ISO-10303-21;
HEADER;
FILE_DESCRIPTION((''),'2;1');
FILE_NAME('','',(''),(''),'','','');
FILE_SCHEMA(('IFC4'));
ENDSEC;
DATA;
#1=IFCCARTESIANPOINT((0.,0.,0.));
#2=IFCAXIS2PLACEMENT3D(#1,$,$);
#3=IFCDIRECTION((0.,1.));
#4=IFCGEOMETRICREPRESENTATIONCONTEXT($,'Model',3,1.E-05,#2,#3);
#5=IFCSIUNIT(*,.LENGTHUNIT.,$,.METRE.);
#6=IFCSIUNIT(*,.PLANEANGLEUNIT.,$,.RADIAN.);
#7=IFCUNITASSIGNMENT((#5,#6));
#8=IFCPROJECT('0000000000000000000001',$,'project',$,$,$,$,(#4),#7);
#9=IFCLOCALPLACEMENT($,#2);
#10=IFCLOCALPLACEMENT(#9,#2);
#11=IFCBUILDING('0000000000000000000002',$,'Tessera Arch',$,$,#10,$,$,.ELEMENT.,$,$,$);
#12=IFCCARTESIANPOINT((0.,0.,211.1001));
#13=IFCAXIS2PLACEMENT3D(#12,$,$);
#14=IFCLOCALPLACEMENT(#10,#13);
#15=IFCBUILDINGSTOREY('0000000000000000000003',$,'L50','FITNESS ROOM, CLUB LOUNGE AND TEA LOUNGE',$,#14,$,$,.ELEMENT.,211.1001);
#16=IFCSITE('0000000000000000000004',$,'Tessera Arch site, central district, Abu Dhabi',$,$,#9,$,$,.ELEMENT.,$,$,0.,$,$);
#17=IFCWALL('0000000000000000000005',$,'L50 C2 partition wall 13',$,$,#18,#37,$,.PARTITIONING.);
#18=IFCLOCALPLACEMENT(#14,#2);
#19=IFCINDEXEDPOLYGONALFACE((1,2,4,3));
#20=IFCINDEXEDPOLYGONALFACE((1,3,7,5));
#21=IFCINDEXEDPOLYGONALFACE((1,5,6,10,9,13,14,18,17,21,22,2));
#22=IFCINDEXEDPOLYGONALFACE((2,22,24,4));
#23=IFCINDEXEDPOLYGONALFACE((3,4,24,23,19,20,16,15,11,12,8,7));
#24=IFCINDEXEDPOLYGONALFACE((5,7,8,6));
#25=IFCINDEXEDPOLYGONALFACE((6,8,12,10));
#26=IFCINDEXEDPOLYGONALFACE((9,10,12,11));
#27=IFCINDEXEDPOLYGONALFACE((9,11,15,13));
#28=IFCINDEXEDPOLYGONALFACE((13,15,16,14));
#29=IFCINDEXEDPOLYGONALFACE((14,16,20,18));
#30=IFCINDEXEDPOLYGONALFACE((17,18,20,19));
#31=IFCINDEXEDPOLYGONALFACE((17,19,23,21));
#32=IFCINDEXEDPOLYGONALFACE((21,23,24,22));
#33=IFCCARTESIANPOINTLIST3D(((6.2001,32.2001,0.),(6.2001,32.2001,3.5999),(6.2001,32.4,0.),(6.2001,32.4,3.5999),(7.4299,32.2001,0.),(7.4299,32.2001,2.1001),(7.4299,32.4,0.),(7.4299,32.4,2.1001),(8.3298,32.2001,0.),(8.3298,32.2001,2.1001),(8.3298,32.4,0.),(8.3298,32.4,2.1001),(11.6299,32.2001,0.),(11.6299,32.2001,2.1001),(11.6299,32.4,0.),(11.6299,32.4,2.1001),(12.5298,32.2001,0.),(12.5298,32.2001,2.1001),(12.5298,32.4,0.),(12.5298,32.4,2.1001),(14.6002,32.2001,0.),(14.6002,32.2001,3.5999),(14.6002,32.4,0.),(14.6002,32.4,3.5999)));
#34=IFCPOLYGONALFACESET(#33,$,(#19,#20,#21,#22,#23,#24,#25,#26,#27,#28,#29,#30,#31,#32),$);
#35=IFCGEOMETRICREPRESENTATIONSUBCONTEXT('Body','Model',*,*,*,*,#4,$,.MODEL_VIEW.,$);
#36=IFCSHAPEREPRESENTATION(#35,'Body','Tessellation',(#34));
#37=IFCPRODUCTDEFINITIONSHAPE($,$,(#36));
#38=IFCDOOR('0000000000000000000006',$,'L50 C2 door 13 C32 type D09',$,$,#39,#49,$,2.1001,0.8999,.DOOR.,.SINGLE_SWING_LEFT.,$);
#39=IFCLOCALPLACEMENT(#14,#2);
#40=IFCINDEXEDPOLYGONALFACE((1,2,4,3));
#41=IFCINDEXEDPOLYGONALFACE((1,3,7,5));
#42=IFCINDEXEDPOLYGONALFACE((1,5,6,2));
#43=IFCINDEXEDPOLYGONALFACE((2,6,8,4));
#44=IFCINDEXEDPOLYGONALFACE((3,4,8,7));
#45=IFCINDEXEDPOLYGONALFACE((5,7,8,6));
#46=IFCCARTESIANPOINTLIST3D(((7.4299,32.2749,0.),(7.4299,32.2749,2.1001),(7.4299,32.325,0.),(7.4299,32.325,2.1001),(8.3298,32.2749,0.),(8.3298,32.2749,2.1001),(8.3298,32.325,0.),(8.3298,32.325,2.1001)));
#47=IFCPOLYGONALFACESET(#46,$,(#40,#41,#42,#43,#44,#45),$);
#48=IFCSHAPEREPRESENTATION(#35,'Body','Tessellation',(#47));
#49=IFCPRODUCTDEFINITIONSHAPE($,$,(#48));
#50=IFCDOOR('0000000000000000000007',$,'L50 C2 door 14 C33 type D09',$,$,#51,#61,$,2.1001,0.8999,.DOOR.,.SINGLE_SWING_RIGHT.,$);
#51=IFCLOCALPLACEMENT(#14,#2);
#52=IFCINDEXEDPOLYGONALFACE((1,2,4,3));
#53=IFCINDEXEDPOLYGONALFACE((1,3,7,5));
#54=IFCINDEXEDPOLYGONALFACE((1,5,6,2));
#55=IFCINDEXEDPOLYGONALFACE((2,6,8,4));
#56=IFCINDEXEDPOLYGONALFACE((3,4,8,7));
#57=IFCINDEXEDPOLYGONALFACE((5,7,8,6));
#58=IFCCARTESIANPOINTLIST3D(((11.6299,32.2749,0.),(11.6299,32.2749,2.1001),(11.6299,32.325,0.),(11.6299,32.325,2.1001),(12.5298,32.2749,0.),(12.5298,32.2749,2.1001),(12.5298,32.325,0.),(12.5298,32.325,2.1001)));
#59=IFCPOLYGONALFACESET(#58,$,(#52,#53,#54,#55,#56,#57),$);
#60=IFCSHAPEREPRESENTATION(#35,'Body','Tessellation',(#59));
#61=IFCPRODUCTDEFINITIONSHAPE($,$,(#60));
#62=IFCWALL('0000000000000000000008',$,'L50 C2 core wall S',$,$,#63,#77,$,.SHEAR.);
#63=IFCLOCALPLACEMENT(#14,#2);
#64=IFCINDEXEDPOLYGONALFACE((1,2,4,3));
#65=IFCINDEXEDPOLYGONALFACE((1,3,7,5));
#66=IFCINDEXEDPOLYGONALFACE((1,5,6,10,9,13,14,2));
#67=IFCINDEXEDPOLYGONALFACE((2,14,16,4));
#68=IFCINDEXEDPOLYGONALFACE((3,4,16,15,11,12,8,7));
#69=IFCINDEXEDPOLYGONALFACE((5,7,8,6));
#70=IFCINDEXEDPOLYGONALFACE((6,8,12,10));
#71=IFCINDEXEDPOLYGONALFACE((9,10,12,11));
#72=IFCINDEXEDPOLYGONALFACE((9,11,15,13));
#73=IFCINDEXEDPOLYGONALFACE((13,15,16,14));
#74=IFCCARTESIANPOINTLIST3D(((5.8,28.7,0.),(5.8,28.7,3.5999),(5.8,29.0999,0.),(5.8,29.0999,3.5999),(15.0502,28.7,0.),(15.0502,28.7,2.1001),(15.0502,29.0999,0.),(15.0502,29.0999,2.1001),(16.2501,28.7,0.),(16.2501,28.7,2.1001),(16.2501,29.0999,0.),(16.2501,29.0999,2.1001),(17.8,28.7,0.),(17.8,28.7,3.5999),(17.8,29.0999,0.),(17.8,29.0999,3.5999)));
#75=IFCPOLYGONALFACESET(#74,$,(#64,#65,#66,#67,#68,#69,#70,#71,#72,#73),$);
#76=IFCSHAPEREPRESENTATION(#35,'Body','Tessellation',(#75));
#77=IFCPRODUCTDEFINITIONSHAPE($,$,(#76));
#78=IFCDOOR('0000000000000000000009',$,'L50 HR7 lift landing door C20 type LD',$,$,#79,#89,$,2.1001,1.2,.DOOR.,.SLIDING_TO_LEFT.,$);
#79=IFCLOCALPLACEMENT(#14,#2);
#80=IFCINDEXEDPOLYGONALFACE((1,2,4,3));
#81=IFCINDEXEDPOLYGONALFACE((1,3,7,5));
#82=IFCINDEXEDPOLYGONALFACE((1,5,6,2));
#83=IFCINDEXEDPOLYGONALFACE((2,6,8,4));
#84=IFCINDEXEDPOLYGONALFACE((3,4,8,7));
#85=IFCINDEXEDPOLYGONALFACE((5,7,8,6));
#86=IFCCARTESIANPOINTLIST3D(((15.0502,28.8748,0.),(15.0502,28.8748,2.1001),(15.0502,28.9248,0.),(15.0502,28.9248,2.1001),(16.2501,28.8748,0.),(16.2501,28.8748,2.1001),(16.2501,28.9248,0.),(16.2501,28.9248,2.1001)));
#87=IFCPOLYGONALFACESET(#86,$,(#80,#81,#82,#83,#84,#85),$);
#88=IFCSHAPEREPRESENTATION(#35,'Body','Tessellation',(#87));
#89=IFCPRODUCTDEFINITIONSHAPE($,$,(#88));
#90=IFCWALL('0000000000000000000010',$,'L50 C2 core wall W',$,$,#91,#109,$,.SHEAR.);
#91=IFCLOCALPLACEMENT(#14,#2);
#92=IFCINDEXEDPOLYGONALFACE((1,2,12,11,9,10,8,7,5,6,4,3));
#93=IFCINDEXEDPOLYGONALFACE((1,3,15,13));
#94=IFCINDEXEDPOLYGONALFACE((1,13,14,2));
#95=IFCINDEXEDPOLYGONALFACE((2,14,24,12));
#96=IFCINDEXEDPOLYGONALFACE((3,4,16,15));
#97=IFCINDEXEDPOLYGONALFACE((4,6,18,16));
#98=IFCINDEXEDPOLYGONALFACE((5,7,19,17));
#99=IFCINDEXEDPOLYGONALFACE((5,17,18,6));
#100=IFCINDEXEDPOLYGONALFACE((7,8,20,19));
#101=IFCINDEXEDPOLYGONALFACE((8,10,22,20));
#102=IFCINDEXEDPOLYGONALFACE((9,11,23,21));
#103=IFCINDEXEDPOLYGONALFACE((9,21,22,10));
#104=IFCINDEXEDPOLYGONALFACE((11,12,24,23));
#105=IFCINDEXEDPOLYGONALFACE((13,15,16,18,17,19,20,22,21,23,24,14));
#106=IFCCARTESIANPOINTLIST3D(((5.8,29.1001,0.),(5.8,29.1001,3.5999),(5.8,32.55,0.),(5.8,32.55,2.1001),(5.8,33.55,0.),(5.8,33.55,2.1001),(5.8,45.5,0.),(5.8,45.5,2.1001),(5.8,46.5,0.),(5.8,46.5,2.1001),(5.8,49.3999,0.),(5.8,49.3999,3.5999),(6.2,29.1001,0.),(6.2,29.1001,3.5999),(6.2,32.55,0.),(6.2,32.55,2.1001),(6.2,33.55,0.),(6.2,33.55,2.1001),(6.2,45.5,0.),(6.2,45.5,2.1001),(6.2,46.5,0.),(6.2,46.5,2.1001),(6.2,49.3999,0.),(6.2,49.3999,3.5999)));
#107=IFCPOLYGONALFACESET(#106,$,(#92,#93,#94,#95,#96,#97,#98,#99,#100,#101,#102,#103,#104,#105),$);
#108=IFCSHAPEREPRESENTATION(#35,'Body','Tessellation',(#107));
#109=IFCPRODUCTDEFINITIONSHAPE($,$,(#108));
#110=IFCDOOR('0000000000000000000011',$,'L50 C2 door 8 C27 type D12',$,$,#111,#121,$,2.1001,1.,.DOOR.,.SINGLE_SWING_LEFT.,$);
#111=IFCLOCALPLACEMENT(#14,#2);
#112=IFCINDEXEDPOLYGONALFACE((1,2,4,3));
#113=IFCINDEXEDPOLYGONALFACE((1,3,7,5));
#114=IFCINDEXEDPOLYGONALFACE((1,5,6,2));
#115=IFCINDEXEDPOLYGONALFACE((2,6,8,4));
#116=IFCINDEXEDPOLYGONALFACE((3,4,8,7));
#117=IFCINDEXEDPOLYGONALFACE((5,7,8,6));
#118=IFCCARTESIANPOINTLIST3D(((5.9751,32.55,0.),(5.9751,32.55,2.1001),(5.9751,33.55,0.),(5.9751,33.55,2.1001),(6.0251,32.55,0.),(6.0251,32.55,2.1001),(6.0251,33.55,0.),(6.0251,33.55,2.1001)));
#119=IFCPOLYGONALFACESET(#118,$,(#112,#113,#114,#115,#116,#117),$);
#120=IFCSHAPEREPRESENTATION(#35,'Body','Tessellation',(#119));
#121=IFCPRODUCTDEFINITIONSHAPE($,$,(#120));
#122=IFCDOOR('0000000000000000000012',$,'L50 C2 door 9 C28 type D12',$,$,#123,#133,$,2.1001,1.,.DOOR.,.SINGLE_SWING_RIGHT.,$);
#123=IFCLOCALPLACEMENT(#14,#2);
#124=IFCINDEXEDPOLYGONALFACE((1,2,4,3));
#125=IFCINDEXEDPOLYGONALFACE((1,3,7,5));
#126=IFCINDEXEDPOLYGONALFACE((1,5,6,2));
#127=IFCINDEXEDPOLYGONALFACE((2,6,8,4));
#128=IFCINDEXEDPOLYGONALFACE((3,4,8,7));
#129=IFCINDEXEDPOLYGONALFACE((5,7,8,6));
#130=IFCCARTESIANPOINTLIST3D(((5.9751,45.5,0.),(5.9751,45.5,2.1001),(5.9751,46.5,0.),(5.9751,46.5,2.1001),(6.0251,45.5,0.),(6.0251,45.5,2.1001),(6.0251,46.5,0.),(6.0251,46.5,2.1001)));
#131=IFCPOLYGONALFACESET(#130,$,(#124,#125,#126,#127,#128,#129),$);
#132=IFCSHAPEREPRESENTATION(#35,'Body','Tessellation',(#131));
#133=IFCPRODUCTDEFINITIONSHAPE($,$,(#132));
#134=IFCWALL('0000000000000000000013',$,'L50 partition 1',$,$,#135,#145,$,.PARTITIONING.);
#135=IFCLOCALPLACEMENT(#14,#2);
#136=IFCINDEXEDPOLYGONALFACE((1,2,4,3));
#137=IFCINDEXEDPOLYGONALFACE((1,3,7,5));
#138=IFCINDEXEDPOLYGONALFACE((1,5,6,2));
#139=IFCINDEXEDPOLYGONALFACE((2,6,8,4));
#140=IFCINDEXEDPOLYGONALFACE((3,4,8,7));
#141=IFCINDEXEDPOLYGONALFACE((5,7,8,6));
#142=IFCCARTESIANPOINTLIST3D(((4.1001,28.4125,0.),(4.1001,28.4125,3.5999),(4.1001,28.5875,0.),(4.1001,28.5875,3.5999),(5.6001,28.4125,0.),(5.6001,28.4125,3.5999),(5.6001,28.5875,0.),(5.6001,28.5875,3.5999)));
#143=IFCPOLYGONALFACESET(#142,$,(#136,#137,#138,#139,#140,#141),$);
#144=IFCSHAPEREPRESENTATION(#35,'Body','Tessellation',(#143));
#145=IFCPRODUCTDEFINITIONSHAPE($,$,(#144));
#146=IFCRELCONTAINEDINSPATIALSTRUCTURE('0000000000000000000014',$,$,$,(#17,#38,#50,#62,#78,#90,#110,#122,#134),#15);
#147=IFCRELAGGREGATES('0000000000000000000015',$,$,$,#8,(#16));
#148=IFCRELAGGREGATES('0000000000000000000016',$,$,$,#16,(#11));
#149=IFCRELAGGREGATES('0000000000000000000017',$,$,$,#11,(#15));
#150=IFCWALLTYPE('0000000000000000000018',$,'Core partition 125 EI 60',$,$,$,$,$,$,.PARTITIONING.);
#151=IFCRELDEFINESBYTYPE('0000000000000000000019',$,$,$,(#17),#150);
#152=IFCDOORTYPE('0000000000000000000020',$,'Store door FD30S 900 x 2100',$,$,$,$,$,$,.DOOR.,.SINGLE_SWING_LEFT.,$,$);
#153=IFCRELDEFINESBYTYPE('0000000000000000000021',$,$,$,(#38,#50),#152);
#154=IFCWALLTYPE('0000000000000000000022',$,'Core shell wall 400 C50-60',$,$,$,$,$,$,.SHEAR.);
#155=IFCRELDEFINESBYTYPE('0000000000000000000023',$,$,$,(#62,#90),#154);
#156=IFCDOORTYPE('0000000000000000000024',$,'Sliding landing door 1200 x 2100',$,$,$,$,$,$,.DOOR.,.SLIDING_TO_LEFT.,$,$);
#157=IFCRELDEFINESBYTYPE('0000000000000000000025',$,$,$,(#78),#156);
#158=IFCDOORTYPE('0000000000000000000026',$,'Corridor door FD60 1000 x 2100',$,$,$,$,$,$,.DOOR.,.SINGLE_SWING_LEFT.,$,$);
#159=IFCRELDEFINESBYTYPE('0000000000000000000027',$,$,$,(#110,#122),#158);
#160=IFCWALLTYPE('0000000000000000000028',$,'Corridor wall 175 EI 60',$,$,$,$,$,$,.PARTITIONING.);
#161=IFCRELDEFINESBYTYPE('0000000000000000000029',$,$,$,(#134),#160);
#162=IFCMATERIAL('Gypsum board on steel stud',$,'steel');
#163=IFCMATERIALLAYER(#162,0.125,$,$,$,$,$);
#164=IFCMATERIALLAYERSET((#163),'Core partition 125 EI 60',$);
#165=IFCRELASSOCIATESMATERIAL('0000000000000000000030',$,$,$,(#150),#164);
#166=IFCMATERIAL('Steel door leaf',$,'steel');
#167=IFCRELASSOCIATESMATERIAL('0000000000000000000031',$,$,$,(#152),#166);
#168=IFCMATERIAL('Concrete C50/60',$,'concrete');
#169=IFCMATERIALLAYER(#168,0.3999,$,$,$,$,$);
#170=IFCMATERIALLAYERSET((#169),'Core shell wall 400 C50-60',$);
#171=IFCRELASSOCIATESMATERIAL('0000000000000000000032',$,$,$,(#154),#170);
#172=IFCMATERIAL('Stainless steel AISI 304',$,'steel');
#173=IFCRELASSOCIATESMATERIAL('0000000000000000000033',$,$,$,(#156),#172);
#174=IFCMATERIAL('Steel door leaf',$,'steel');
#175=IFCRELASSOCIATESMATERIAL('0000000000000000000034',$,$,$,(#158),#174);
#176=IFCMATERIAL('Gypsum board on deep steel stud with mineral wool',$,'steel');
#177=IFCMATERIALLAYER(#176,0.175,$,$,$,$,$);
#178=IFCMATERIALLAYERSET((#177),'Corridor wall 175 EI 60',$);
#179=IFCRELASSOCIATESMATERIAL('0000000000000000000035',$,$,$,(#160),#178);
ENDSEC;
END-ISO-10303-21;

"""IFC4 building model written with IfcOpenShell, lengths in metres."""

from ifc_helpers import new_model, si_unit, direction, frame, frame_2d, origin, place, context, subcontext, project, spatial, rectangle, extrude, material, layer, layer_set, type_object, element, fill, save


model = new_model("IFC4")

# Units and contexts
model_context = context("Model", 3, precision=1e-05, world=origin(), true_north=direction((0.0, 1.0)))
body_context = subcontext(model_context, "Body", "Model", "MODEL_VIEW")
ifc_project = project(units=[si_unit("LENGTHUNIT", "METRE"), si_unit("PLANEANGLEUNIT", "RADIAN")], contexts=[model_context])

# Site, building, storey
site_placement = place(None, origin())
site = spatial("IfcSite", under=ifc_project, at=site_placement, Name="Tessera Arch site, central district, Abu Dhabi", CompositionType="ELEMENT", RefElevation=0.0)
building_placement = place(site_placement, origin())
building = spatial("IfcBuilding", under=site, at=building_placement, Name="Tessera Arch", CompositionType="ELEMENT")
storey_placement = place(building_placement, frame((0.0, 0.0, 211.1001)))
storey = spatial("IfcBuildingStorey", under=building, at=storey_placement, Name="L50", Description="FITNESS ROOM, CLUB LOUNGE AND TEA LOUNGE", CompositionType="ELEMENT", Elevation=211.1001)

# Shared definitions
ifc_material_1 = material(Name="Gypsum board on steel stud", Category="steel")
ifc_layer_1 = layer(ifc_material_1, 0.125)
ifc_layer_set_1 = layer_set([ifc_layer_1], Name="Core partition 125 EI 60")
wall_type_1 = type_object("IfcWallType", Name="Core partition 125 EI 60", PredefinedType="PARTITIONING", material=ifc_layer_set_1)

# Wall, openings, doors
wall_1_placement = place(storey_placement, frame((6.2, 32.3, 0.0), z_axis=(0.0, 0.0, 1.0), x_axis=(1.0, 0.0, 0.0)))
wall_1 = element("IfcWall", 1, at=wall_1_placement, inside=storey, type_object=wall_type_1, Name="L50 C2 partition wall 13", PredefinedType="PARTITIONING", context=body_context, shape_type="SweptSolid", body=[
    extrude(rectangle(XDim=8.4001, YDim=0.2, at=frame_2d((4.2002, 0.0))), origin(), (0.0, 0.0, 1.0), 3.5999),
])
opening_1_placement = place(wall_1_placement, frame((1.23, 0.0, 0.0)))
opening_1 = element("IfcOpeningElement", 2, at=opening_1_placement, cuts=wall_1, PredefinedType="OPENING", context=body_context, shape_type="SweptSolid", body=[
    extrude(rectangle(XDim=0.8999, YDim=2.1001, at=frame_2d((0.45, 1.05))), frame((0.0, 0.1099, 0.0), z_axis=(0.0, -1.0, 0.0), x_axis=(1.0, 0.0, 0.0)), (0.0, 0.0, 1.0), 0.22),
])
opening_2_placement = place(wall_1_placement, frame((5.4299, 0.0, 0.0)))
opening_2 = element("IfcOpeningElement", 3, at=opening_2_placement, cuts=wall_1, PredefinedType="OPENING", context=body_context, shape_type="SweptSolid", body=[
    extrude(rectangle(XDim=0.8999, YDim=2.1001, at=frame_2d((0.45, 1.05))), frame((0.0, 0.1099, 0.0), z_axis=(0.0, -1.0, 0.0), x_axis=(1.0, 0.0, 0.0)), (0.0, 0.0, 1.0), 0.22),
])
ifc_material_2 = material(Name="Steel door leaf", Category="steel")
door_type_1 = type_object("IfcDoorType", Name="Store door FD30S 900 x 2100", OperationType="SINGLE_SWING_LEFT", PredefinedType="DOOR", material=ifc_material_2)
door_1_placement = place(opening_1_placement, origin())
door_1 = element("IfcDoor", 4, at=door_1_placement, inside=storey, type_object=door_type_1, Name="L50 C2 door 13 C32 type D09", OperationType="SINGLE_SWING_LEFT", OverallHeight=2.1001, OverallWidth=0.8999, PredefinedType="DOOR", context=body_context, shape_type="SweptSolid", body=[
    extrude(rectangle(XDim=0.8999, YDim=2.1001, at=frame_2d((0.45, 1.05))), frame((0.0, 0.0249, 0.0), z_axis=(0.0, -1.0, 0.0), x_axis=(1.0, 0.0, 0.0)), (0.0, 0.0, 1.0), 0.05),
])
fill(opening_1, door_1)
door_2_placement = place(opening_2_placement, origin())
door_2 = element("IfcDoor", 5, at=door_2_placement, inside=storey, type_object=door_type_1, Name="L50 C2 door 14 C33 type D09", OperationType="SINGLE_SWING_RIGHT", OverallHeight=2.1001, OverallWidth=0.8999, PredefinedType="DOOR", context=body_context, shape_type="SweptSolid", body=[
    extrude(rectangle(XDim=0.8999, YDim=2.1001, at=frame_2d((0.45, 1.05))), frame((0.0, 0.0249, 0.0), z_axis=(0.0, -1.0, 0.0), x_axis=(1.0, 0.0, 0.0)), (0.0, 0.0, 1.0), 0.05),
])
fill(opening_2, door_2)

# Wall, opening, door
ifc_material_3 = material(Name="Concrete C50/60", Category="concrete")
ifc_layer_2 = layer(ifc_material_3, 0.3999)
ifc_layer_set_2 = layer_set([ifc_layer_2], Name="Core shell wall 400 C50-60")
wall_type_2 = type_object("IfcWallType", Name="Core shell wall 400 C50-60", PredefinedType="SHEAR", material=ifc_layer_set_2)
wall_2_placement = place(storey_placement, frame((5.8, 28.8999, 0.0), z_axis=(0.0, 0.0, 1.0), x_axis=(1.0, 0.0, 0.0)))
wall_2 = element("IfcWall", 6, at=wall_2_placement, inside=storey, type_object=wall_type_2, Name="L50 C2 core wall S", PredefinedType="SHEAR", context=body_context, shape_type="SweptSolid", body=[
    extrude(rectangle(XDim=12.0, YDim=0.3999, at=frame_2d((6.0, 0.0))), origin(), (0.0, 0.0, 1.0), 3.5999),
])
opening_3_placement = place(wall_2_placement, frame((9.25, 0.0, 0.0)))
opening_3 = element("IfcOpeningElement", 7, at=opening_3_placement, cuts=wall_2, PredefinedType="OPENING", context=body_context, shape_type="SweptSolid", body=[
    extrude(rectangle(XDim=1.2, YDim=2.1001, at=frame_2d((0.6001, 1.05))), frame((0.0, 0.21, 0.0), z_axis=(0.0, -1.0, 0.0), x_axis=(1.0, 0.0, 0.0)), (0.0, 0.0, 1.0), 0.4199),
])
ifc_material_4 = material(Name="Stainless steel AISI 304", Category="steel")
door_type_2 = type_object("IfcDoorType", Name="Sliding landing door 1200 x 2100", OperationType="SLIDING_TO_LEFT", PredefinedType="DOOR", material=ifc_material_4)
door_3_placement = place(opening_3_placement, origin())
door_3 = element("IfcDoor", 8, at=door_3_placement, inside=storey, type_object=door_type_2, Name="L50 HR7 lift landing door C20 type LD", OperationType="SLIDING_TO_LEFT", OverallHeight=2.1001, OverallWidth=1.2, PredefinedType="DOOR", context=body_context, shape_type="SweptSolid", body=[
    extrude(rectangle(XDim=1.2, YDim=2.1001, at=frame_2d((0.6001, 1.05))), frame((0.0, 0.0249, 0.0), z_axis=(0.0, -1.0, 0.0), x_axis=(1.0, 0.0, 0.0)), (0.0, 0.0, 1.0), 0.05),
])
fill(opening_3, door_3)

# Wall, openings, doors
wall_3_placement = place(storey_placement, frame((6.0, 29.1001, 0.0), z_axis=(0.0, 0.0, 1.0), x_axis=(0.0, 1.0, 0.0)))
wall_3 = element("IfcWall", 9, at=wall_3_placement, inside=storey, type_object=wall_type_2, Name="L50 C2 core wall W", PredefinedType="SHEAR", context=body_context, shape_type="SweptSolid", body=[
    extrude(rectangle(XDim=20.2998, YDim=0.3999, at=frame_2d((10.1499, 0.0))), origin(), (0.0, 0.0, 1.0), 3.5999),
])
opening_4_placement = place(wall_3_placement, frame((3.45, 0.0, 0.0)))
opening_4 = element("IfcOpeningElement", 10, at=opening_4_placement, cuts=wall_3, PredefinedType="OPENING", context=body_context, shape_type="SweptSolid", body=[
    extrude(rectangle(XDim=1.0, YDim=2.1001, at=frame_2d((0.5, 1.05))), frame((0.0, 0.21, 0.0), z_axis=(0.0, -1.0, 0.0), x_axis=(1.0, 0.0, 0.0)), (0.0, 0.0, 1.0), 0.4199),
])
opening_5_placement = place(wall_3_placement, frame((16.3999, 0.0, 0.0)))
opening_5 = element("IfcOpeningElement", 11, at=opening_5_placement, cuts=wall_3, PredefinedType="OPENING", context=body_context, shape_type="SweptSolid", body=[
    extrude(rectangle(XDim=1.0, YDim=2.1001, at=frame_2d((0.5, 1.05))), frame((0.0, 0.21, 0.0), z_axis=(0.0, -1.0, 0.0), x_axis=(1.0, 0.0, 0.0)), (0.0, 0.0, 1.0), 0.4199),
])
ifc_material_5 = material(Name="Steel door leaf", Category="steel")
door_type_3 = type_object("IfcDoorType", Name="Corridor door FD60 1000 x 2100", OperationType="SINGLE_SWING_LEFT", PredefinedType="DOOR", material=ifc_material_5)
door_4_placement = place(opening_4_placement, origin())
door_4 = element("IfcDoor", 12, at=door_4_placement, inside=storey, type_object=door_type_3, Name="L50 C2 door 8 C27 type D12", OperationType="SINGLE_SWING_LEFT", OverallHeight=2.1001, OverallWidth=1.0, PredefinedType="DOOR", context=body_context, shape_type="SweptSolid", body=[
    extrude(rectangle(XDim=1.0, YDim=2.1001, at=frame_2d((0.5, 1.05))), frame((0.0, 0.0249, 0.0), z_axis=(0.0, -1.0, 0.0), x_axis=(1.0, 0.0, 0.0)), (0.0, 0.0, 1.0), 0.05),
])
fill(opening_4, door_4)
door_5_placement = place(opening_5_placement, origin())
door_5 = element("IfcDoor", 13, at=door_5_placement, inside=storey, type_object=door_type_3, Name="L50 C2 door 9 C28 type D12", OperationType="SINGLE_SWING_RIGHT", OverallHeight=2.1001, OverallWidth=1.0, PredefinedType="DOOR", context=body_context, shape_type="SweptSolid", body=[
    extrude(rectangle(XDim=1.0, YDim=2.1001, at=frame_2d((0.5, 1.05))), frame((0.0, 0.0249, 0.0), z_axis=(0.0, -1.0, 0.0), x_axis=(1.0, 0.0, 0.0)), (0.0, 0.0, 1.0), 0.05),
])
fill(opening_5, door_5)

# Wall
ifc_material_6 = material(Name="Gypsum board on deep steel stud with mineral wool", Category="steel")
ifc_layer_3 = layer(ifc_material_6, 0.175)
ifc_layer_set_3 = layer_set([ifc_layer_3], Name="Corridor wall 175 EI 60")
wall_type_3 = type_object("IfcWallType", Name="Corridor wall 175 EI 60", PredefinedType="PARTITIONING", material=ifc_layer_set_3)
wall_4_placement = place(storey_placement, frame((4.1001, 28.5, 0.0), z_axis=(0.0, 0.0, 1.0), x_axis=(1.0, 0.0, 0.0)))
element("IfcWall", 14, at=wall_4_placement, inside=storey, type_object=wall_type_3, Name="L50 partition 1", PredefinedType="PARTITIONING", context=body_context, shape_type="SweptSolid", body=[
    extrude(rectangle(XDim=1.5, YDim=0.175, at=frame_2d((0.75, 0.0))), origin(), (0.0, 0.0, 1.0), 3.5999),
])

save(model, "model.ifc")
